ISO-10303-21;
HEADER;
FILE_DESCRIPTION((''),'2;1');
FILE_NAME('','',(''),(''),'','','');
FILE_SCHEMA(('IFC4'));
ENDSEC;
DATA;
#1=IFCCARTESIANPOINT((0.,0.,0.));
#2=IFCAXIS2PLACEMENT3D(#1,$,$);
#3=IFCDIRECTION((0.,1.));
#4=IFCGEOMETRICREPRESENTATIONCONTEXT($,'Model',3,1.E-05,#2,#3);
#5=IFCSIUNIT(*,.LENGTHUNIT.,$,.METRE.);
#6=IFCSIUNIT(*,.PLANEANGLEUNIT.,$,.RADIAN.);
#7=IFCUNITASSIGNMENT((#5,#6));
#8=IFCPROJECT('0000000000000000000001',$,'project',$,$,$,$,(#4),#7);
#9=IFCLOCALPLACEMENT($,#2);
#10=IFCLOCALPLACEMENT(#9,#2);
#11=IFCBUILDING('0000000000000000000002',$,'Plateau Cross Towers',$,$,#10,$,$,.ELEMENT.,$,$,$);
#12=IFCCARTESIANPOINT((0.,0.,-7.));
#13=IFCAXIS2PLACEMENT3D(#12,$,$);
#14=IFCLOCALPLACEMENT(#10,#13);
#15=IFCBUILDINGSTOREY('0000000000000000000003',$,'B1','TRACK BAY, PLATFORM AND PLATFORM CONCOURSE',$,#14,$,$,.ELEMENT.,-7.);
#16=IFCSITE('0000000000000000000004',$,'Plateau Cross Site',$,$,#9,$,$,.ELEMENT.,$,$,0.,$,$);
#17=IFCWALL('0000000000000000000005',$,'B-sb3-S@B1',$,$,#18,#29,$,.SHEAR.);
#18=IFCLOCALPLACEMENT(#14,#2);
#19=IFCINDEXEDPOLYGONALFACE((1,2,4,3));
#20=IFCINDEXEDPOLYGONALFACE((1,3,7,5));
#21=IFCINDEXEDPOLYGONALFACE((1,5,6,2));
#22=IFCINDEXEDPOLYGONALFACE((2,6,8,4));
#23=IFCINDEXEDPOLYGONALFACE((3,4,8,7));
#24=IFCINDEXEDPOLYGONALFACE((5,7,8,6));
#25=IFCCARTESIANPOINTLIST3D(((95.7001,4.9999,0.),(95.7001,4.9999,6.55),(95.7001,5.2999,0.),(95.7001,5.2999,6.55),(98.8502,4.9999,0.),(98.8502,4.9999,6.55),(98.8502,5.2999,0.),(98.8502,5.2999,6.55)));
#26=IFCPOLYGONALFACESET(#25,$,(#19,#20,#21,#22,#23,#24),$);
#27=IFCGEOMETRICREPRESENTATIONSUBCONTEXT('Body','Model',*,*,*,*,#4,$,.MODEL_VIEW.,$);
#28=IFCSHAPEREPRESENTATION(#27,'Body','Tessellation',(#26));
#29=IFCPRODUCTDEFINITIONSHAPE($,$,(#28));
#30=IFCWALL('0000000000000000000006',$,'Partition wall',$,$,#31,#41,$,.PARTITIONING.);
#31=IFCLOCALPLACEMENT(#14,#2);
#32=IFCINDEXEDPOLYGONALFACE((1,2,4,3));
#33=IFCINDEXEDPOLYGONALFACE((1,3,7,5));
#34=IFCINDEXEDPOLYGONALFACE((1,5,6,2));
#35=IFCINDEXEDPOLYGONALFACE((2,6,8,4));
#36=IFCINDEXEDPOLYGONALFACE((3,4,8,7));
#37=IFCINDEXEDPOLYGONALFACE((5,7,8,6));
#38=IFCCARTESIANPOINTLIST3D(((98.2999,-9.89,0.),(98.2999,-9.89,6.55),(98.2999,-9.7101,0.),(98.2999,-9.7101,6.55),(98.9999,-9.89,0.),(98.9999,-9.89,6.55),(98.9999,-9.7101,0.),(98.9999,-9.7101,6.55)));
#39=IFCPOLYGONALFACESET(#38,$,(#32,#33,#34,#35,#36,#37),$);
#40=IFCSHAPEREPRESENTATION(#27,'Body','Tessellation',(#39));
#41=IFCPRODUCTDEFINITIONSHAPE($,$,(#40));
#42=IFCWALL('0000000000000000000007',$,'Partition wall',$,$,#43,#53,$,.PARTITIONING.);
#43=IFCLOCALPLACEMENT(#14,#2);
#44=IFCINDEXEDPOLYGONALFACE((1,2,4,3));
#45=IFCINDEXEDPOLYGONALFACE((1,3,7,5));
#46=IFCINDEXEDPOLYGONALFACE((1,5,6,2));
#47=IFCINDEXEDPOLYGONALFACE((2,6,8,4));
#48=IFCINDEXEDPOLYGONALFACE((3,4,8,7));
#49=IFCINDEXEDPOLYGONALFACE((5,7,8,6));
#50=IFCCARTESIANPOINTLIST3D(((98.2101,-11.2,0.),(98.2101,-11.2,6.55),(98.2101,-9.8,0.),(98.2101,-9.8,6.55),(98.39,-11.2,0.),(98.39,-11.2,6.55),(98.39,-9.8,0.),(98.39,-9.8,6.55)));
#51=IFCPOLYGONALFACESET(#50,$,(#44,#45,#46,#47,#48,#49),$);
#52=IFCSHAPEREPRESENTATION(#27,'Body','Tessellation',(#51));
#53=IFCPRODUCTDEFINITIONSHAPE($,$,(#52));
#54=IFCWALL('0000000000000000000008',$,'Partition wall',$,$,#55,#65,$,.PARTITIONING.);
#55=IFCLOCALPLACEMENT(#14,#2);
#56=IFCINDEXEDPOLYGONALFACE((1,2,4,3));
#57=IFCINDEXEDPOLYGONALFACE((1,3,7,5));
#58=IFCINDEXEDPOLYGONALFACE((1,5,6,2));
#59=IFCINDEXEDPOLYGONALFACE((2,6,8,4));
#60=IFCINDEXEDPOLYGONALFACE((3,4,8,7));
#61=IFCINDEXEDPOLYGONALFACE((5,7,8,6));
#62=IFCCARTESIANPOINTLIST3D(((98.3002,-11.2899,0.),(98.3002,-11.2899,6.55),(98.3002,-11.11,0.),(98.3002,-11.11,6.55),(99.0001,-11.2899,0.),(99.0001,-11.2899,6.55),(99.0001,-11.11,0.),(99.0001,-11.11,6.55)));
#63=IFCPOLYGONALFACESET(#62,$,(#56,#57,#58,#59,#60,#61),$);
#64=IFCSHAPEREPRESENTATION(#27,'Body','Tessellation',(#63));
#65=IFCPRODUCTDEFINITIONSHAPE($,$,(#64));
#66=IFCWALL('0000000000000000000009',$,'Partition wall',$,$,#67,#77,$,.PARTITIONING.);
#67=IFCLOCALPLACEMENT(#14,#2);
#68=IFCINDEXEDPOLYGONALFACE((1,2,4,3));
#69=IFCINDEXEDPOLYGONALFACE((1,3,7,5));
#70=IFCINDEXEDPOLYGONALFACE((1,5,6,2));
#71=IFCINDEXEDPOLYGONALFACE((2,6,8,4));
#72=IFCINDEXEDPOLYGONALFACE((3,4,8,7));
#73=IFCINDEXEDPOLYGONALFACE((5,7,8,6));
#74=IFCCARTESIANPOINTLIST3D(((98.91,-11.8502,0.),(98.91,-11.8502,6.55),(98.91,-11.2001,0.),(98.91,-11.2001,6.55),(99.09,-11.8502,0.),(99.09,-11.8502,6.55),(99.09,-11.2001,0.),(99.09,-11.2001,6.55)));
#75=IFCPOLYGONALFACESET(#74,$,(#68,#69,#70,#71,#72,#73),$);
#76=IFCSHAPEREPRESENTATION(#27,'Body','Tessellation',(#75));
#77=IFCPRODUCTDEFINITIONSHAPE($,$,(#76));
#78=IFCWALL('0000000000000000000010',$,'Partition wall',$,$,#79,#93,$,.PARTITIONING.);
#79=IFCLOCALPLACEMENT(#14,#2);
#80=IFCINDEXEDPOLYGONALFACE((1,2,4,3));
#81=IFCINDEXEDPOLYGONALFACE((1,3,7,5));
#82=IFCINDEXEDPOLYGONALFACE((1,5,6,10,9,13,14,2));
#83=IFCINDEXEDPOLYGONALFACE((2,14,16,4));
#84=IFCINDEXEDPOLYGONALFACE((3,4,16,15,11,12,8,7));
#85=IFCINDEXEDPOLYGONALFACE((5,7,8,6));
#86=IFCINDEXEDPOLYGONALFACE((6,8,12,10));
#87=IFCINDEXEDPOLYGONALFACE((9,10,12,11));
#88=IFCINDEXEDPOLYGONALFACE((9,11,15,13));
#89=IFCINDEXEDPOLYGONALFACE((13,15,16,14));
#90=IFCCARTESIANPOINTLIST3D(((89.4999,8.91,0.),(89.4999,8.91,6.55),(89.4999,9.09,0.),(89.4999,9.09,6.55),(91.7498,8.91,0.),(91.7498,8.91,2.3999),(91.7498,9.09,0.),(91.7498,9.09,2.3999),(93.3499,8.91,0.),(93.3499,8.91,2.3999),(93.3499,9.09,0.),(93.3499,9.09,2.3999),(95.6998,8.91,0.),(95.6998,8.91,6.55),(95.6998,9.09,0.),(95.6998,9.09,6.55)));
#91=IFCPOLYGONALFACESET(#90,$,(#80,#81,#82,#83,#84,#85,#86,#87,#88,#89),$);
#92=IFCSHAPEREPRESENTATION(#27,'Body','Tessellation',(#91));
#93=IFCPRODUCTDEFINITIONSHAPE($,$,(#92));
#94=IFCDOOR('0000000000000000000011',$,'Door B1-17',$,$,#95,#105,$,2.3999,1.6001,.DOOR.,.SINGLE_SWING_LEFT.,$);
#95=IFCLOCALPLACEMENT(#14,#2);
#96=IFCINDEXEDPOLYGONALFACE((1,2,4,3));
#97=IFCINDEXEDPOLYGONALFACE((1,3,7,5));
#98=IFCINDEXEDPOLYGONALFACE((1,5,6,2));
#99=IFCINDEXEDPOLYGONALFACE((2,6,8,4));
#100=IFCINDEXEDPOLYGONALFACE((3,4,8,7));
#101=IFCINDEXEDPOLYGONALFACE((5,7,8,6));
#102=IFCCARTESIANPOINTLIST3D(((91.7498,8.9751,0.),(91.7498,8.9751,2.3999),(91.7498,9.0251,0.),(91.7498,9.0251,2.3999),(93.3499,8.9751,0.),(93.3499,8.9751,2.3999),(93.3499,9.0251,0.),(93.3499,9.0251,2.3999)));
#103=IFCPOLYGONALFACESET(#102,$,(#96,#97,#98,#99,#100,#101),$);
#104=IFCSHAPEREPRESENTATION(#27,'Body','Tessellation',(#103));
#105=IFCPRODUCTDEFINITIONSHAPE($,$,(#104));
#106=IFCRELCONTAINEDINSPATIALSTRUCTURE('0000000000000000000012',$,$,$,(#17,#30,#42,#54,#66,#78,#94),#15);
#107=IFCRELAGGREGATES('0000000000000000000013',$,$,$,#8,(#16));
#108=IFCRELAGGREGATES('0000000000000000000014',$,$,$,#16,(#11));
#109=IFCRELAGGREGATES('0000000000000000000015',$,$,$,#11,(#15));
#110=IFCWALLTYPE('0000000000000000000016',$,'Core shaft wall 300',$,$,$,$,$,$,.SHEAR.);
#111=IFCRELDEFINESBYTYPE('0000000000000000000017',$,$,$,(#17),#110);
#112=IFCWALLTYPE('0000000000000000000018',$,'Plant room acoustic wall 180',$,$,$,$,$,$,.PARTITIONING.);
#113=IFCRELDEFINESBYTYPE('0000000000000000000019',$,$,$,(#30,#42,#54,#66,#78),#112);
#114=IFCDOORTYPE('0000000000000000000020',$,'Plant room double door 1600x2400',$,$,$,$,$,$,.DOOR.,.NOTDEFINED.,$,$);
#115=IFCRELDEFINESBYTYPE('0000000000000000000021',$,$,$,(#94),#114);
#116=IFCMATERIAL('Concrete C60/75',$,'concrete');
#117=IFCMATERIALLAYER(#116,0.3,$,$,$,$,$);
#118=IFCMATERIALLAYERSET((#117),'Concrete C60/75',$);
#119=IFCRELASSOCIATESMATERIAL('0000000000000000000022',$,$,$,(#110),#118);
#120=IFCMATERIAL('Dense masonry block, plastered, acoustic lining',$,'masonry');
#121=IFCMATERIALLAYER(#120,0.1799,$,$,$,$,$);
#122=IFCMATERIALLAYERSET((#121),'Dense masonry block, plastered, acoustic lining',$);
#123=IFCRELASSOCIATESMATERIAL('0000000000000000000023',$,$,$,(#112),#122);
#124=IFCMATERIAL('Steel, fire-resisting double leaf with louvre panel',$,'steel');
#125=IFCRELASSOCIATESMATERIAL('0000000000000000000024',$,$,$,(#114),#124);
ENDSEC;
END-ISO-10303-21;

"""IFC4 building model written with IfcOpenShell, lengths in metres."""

from ifc_helpers import new_model, si_unit, direction, frame, frame_2d, origin, place, context, subcontext, project, spatial, rectangle, extrude, material, layer, layer_set, type_object, element, fill, save


model = new_model("IFC4")

# Units and contexts
model_context = context("Model", 3, precision=1e-05, world=origin(), true_north=direction((0.0, 1.0)))
body_context = subcontext(model_context, "Body", "Model", "MODEL_VIEW")
ifc_project = project(units=[si_unit("LENGTHUNIT", "METRE"), si_unit("PLANEANGLEUNIT", "RADIAN")], contexts=[model_context])

# Site, building, storey
site_placement = place(None, origin())
site = spatial("IfcSite", under=ifc_project, at=site_placement, Name="Plateau Cross Site", CompositionType="ELEMENT", RefElevation=0.0)
building_placement = place(site_placement, origin())
building = spatial("IfcBuilding", under=site, at=building_placement, Name="Plateau Cross Towers", CompositionType="ELEMENT")
storey_placement = place(building_placement, frame((0.0, 0.0, -7.0)))
storey = spatial("IfcBuildingStorey", under=building, at=storey_placement, Name="B1", Description="TRACK BAY, PLATFORM AND PLATFORM CONCOURSE", CompositionType="ELEMENT", Elevation=-7.0)

# Shared definitions
ifc_material_1 = material(Name="Concrete C60/75", Category="concrete")

# Walls
ifc_layer_1 = layer(ifc_material_1, 0.3)
ifc_layer_set_1 = layer_set([ifc_layer_1], Name="Concrete C60/75")
wall_type_1 = type_object("IfcWallType", Name="Core shaft wall 300", PredefinedType="SHEAR", material=ifc_layer_set_1)
wall_1_placement = place(storey_placement, frame((95.7, 5.1499, 0.0), z_axis=(0.0, 0.0, 1.0), x_axis=(1.0, 0.0, 0.0)))
element("IfcWall", 1, at=wall_1_placement, inside=storey, type_object=wall_type_1, Name="B-sb3-S@B1", PredefinedType="SHEAR", context=body_context, shape_type="SweptSolid", body=[
    extrude(rectangle(XDim=3.1501, YDim=0.3, at=frame_2d((1.5752, 0.0))), origin(), (0.0, 0.0, 1.0), 6.55),
])
ifc_material_2 = material(Name="Dense masonry block, plastered, acoustic lining", Category="masonry")
ifc_layer_2 = layer(ifc_material_2, 0.1799)
ifc_layer_set_2 = layer_set([ifc_layer_2], Name="Dense masonry block, plastered, acoustic lining")
wall_type_2 = type_object("IfcWallType", Name="Plant room acoustic wall 180", PredefinedType="PARTITIONING", material=ifc_layer_set_2)
wall_2_placement = place(storey_placement, frame((99.0, -9.8, 0.0), z_axis=(0.0, 0.0, 1.0), x_axis=(-1.0, 0.0, 0.0)))
element("IfcWall", 2, at=wall_2_placement, inside=storey, type_object=wall_type_2, Name="Partition wall", PredefinedType="PARTITIONING", context=body_context, shape_type="SweptSolid", body=[
    extrude(rectangle(XDim=0.7, YDim=0.1799, at=frame_2d((0.3501, 0.0))), origin(), (0.0, 0.0, 1.0), 6.55),
])
wall_3_placement = place(storey_placement, frame((98.3, -9.8, 0.0), z_axis=(0.0, 0.0, 1.0), x_axis=(0.0, -1.0, 0.0)))
element("IfcWall", 3, at=wall_3_placement, inside=storey, type_object=wall_type_2, Name="Partition wall", PredefinedType="PARTITIONING", context=body_context, shape_type="SweptSolid", body=[
    extrude(rectangle(XDim=1.3999, YDim=0.1799, at=frame_2d((0.7, 0.0))), origin(), (0.0, 0.0, 1.0), 6.55),
])
wall_4_placement = place(storey_placement, frame((98.3, -11.2, 0.0), z_axis=(0.0, 0.0, 1.0), x_axis=(1.0, 0.0, 0.0)))
element("IfcWall", 4, at=wall_4_placement, inside=storey, type_object=wall_type_2, Name="Partition wall", PredefinedType="PARTITIONING", context=body_context, shape_type="SweptSolid", body=[
    extrude(rectangle(XDim=0.7, YDim=0.1799, at=frame_2d((0.3501, 0.0))), origin(), (0.0, 0.0, 1.0), 6.55),
])
wall_5_placement = place(storey_placement, frame((99.0, -11.2, 0.0), z_axis=(0.0, 0.0, 1.0), x_axis=(0.0, -1.0, 0.0)))
element("IfcWall", 5, at=wall_5_placement, inside=storey, type_object=wall_type_2, Name="Partition wall", PredefinedType="PARTITIONING", context=body_context, shape_type="SweptSolid", body=[
    extrude(rectangle(XDim=0.6501, YDim=0.1799, at=frame_2d((0.3252, 0.0))), origin(), (0.0, 0.0, 1.0), 6.55),
])

# Wall, opening, door
wall_6_placement = place(storey_placement, frame((95.7, 9.0, 0.0), z_axis=(0.0, 0.0, 1.0), x_axis=(-1.0, 0.0, 0.0)))
wall_6 = element("IfcWall", 6, at=wall_6_placement, inside=storey, type_object=wall_type_2, Name="Partition wall", PredefinedType="PARTITIONING", context=body_context, shape_type="SweptSolid", body=[
    extrude(rectangle(XDim=6.2, YDim=0.1799, at=frame_2d((3.1001, 0.0))), origin(), (0.0, 0.0, 1.0), 6.55),
])
opening_placement = place(wall_6_placement, frame((2.3501, 0.0, 0.0)))
opening = element("IfcOpeningElement", 7, at=opening_placement, cuts=wall_6, PredefinedType="OPENING", context=body_context, shape_type="SweptSolid", body=[
    extrude(rectangle(XDim=1.6001, YDim=2.3999, at=frame_2d((0.8, 1.2))), frame((0.0, 0.0999, 0.0), z_axis=(0.0, -1.0, 0.0), x_axis=(1.0, 0.0, 0.0)), (0.0, 0.0, 1.0), 0.2),
])
ifc_material_3 = material(Name="Steel, fire-resisting double leaf with louvre panel", Category="steel")
door_type = type_object("IfcDoorType", Name="Plant room double door 1600x2400", OperationType="NOTDEFINED", PredefinedType="DOOR", material=ifc_material_3)
door_placement = place(opening_placement, origin())
door = element("IfcDoor", 8, at=door_placement, inside=storey, type_object=door_type, Name="Door B1-17", OperationType="SINGLE_SWING_LEFT", OverallHeight=2.3999, OverallWidth=1.6001, PredefinedType="DOOR", context=body_context, shape_type="SweptSolid", body=[
    extrude(rectangle(XDim=1.6001, YDim=2.3999, at=frame_2d((0.8, 1.2))), frame((0.0, 0.0249, 0.0), z_axis=(0.0, -1.0, 0.0), x_axis=(1.0, 0.0, 0.0)), (0.0, 0.0, 1.0), 0.05),
])
fill(opening, door)

save(model, "model.ifc")
